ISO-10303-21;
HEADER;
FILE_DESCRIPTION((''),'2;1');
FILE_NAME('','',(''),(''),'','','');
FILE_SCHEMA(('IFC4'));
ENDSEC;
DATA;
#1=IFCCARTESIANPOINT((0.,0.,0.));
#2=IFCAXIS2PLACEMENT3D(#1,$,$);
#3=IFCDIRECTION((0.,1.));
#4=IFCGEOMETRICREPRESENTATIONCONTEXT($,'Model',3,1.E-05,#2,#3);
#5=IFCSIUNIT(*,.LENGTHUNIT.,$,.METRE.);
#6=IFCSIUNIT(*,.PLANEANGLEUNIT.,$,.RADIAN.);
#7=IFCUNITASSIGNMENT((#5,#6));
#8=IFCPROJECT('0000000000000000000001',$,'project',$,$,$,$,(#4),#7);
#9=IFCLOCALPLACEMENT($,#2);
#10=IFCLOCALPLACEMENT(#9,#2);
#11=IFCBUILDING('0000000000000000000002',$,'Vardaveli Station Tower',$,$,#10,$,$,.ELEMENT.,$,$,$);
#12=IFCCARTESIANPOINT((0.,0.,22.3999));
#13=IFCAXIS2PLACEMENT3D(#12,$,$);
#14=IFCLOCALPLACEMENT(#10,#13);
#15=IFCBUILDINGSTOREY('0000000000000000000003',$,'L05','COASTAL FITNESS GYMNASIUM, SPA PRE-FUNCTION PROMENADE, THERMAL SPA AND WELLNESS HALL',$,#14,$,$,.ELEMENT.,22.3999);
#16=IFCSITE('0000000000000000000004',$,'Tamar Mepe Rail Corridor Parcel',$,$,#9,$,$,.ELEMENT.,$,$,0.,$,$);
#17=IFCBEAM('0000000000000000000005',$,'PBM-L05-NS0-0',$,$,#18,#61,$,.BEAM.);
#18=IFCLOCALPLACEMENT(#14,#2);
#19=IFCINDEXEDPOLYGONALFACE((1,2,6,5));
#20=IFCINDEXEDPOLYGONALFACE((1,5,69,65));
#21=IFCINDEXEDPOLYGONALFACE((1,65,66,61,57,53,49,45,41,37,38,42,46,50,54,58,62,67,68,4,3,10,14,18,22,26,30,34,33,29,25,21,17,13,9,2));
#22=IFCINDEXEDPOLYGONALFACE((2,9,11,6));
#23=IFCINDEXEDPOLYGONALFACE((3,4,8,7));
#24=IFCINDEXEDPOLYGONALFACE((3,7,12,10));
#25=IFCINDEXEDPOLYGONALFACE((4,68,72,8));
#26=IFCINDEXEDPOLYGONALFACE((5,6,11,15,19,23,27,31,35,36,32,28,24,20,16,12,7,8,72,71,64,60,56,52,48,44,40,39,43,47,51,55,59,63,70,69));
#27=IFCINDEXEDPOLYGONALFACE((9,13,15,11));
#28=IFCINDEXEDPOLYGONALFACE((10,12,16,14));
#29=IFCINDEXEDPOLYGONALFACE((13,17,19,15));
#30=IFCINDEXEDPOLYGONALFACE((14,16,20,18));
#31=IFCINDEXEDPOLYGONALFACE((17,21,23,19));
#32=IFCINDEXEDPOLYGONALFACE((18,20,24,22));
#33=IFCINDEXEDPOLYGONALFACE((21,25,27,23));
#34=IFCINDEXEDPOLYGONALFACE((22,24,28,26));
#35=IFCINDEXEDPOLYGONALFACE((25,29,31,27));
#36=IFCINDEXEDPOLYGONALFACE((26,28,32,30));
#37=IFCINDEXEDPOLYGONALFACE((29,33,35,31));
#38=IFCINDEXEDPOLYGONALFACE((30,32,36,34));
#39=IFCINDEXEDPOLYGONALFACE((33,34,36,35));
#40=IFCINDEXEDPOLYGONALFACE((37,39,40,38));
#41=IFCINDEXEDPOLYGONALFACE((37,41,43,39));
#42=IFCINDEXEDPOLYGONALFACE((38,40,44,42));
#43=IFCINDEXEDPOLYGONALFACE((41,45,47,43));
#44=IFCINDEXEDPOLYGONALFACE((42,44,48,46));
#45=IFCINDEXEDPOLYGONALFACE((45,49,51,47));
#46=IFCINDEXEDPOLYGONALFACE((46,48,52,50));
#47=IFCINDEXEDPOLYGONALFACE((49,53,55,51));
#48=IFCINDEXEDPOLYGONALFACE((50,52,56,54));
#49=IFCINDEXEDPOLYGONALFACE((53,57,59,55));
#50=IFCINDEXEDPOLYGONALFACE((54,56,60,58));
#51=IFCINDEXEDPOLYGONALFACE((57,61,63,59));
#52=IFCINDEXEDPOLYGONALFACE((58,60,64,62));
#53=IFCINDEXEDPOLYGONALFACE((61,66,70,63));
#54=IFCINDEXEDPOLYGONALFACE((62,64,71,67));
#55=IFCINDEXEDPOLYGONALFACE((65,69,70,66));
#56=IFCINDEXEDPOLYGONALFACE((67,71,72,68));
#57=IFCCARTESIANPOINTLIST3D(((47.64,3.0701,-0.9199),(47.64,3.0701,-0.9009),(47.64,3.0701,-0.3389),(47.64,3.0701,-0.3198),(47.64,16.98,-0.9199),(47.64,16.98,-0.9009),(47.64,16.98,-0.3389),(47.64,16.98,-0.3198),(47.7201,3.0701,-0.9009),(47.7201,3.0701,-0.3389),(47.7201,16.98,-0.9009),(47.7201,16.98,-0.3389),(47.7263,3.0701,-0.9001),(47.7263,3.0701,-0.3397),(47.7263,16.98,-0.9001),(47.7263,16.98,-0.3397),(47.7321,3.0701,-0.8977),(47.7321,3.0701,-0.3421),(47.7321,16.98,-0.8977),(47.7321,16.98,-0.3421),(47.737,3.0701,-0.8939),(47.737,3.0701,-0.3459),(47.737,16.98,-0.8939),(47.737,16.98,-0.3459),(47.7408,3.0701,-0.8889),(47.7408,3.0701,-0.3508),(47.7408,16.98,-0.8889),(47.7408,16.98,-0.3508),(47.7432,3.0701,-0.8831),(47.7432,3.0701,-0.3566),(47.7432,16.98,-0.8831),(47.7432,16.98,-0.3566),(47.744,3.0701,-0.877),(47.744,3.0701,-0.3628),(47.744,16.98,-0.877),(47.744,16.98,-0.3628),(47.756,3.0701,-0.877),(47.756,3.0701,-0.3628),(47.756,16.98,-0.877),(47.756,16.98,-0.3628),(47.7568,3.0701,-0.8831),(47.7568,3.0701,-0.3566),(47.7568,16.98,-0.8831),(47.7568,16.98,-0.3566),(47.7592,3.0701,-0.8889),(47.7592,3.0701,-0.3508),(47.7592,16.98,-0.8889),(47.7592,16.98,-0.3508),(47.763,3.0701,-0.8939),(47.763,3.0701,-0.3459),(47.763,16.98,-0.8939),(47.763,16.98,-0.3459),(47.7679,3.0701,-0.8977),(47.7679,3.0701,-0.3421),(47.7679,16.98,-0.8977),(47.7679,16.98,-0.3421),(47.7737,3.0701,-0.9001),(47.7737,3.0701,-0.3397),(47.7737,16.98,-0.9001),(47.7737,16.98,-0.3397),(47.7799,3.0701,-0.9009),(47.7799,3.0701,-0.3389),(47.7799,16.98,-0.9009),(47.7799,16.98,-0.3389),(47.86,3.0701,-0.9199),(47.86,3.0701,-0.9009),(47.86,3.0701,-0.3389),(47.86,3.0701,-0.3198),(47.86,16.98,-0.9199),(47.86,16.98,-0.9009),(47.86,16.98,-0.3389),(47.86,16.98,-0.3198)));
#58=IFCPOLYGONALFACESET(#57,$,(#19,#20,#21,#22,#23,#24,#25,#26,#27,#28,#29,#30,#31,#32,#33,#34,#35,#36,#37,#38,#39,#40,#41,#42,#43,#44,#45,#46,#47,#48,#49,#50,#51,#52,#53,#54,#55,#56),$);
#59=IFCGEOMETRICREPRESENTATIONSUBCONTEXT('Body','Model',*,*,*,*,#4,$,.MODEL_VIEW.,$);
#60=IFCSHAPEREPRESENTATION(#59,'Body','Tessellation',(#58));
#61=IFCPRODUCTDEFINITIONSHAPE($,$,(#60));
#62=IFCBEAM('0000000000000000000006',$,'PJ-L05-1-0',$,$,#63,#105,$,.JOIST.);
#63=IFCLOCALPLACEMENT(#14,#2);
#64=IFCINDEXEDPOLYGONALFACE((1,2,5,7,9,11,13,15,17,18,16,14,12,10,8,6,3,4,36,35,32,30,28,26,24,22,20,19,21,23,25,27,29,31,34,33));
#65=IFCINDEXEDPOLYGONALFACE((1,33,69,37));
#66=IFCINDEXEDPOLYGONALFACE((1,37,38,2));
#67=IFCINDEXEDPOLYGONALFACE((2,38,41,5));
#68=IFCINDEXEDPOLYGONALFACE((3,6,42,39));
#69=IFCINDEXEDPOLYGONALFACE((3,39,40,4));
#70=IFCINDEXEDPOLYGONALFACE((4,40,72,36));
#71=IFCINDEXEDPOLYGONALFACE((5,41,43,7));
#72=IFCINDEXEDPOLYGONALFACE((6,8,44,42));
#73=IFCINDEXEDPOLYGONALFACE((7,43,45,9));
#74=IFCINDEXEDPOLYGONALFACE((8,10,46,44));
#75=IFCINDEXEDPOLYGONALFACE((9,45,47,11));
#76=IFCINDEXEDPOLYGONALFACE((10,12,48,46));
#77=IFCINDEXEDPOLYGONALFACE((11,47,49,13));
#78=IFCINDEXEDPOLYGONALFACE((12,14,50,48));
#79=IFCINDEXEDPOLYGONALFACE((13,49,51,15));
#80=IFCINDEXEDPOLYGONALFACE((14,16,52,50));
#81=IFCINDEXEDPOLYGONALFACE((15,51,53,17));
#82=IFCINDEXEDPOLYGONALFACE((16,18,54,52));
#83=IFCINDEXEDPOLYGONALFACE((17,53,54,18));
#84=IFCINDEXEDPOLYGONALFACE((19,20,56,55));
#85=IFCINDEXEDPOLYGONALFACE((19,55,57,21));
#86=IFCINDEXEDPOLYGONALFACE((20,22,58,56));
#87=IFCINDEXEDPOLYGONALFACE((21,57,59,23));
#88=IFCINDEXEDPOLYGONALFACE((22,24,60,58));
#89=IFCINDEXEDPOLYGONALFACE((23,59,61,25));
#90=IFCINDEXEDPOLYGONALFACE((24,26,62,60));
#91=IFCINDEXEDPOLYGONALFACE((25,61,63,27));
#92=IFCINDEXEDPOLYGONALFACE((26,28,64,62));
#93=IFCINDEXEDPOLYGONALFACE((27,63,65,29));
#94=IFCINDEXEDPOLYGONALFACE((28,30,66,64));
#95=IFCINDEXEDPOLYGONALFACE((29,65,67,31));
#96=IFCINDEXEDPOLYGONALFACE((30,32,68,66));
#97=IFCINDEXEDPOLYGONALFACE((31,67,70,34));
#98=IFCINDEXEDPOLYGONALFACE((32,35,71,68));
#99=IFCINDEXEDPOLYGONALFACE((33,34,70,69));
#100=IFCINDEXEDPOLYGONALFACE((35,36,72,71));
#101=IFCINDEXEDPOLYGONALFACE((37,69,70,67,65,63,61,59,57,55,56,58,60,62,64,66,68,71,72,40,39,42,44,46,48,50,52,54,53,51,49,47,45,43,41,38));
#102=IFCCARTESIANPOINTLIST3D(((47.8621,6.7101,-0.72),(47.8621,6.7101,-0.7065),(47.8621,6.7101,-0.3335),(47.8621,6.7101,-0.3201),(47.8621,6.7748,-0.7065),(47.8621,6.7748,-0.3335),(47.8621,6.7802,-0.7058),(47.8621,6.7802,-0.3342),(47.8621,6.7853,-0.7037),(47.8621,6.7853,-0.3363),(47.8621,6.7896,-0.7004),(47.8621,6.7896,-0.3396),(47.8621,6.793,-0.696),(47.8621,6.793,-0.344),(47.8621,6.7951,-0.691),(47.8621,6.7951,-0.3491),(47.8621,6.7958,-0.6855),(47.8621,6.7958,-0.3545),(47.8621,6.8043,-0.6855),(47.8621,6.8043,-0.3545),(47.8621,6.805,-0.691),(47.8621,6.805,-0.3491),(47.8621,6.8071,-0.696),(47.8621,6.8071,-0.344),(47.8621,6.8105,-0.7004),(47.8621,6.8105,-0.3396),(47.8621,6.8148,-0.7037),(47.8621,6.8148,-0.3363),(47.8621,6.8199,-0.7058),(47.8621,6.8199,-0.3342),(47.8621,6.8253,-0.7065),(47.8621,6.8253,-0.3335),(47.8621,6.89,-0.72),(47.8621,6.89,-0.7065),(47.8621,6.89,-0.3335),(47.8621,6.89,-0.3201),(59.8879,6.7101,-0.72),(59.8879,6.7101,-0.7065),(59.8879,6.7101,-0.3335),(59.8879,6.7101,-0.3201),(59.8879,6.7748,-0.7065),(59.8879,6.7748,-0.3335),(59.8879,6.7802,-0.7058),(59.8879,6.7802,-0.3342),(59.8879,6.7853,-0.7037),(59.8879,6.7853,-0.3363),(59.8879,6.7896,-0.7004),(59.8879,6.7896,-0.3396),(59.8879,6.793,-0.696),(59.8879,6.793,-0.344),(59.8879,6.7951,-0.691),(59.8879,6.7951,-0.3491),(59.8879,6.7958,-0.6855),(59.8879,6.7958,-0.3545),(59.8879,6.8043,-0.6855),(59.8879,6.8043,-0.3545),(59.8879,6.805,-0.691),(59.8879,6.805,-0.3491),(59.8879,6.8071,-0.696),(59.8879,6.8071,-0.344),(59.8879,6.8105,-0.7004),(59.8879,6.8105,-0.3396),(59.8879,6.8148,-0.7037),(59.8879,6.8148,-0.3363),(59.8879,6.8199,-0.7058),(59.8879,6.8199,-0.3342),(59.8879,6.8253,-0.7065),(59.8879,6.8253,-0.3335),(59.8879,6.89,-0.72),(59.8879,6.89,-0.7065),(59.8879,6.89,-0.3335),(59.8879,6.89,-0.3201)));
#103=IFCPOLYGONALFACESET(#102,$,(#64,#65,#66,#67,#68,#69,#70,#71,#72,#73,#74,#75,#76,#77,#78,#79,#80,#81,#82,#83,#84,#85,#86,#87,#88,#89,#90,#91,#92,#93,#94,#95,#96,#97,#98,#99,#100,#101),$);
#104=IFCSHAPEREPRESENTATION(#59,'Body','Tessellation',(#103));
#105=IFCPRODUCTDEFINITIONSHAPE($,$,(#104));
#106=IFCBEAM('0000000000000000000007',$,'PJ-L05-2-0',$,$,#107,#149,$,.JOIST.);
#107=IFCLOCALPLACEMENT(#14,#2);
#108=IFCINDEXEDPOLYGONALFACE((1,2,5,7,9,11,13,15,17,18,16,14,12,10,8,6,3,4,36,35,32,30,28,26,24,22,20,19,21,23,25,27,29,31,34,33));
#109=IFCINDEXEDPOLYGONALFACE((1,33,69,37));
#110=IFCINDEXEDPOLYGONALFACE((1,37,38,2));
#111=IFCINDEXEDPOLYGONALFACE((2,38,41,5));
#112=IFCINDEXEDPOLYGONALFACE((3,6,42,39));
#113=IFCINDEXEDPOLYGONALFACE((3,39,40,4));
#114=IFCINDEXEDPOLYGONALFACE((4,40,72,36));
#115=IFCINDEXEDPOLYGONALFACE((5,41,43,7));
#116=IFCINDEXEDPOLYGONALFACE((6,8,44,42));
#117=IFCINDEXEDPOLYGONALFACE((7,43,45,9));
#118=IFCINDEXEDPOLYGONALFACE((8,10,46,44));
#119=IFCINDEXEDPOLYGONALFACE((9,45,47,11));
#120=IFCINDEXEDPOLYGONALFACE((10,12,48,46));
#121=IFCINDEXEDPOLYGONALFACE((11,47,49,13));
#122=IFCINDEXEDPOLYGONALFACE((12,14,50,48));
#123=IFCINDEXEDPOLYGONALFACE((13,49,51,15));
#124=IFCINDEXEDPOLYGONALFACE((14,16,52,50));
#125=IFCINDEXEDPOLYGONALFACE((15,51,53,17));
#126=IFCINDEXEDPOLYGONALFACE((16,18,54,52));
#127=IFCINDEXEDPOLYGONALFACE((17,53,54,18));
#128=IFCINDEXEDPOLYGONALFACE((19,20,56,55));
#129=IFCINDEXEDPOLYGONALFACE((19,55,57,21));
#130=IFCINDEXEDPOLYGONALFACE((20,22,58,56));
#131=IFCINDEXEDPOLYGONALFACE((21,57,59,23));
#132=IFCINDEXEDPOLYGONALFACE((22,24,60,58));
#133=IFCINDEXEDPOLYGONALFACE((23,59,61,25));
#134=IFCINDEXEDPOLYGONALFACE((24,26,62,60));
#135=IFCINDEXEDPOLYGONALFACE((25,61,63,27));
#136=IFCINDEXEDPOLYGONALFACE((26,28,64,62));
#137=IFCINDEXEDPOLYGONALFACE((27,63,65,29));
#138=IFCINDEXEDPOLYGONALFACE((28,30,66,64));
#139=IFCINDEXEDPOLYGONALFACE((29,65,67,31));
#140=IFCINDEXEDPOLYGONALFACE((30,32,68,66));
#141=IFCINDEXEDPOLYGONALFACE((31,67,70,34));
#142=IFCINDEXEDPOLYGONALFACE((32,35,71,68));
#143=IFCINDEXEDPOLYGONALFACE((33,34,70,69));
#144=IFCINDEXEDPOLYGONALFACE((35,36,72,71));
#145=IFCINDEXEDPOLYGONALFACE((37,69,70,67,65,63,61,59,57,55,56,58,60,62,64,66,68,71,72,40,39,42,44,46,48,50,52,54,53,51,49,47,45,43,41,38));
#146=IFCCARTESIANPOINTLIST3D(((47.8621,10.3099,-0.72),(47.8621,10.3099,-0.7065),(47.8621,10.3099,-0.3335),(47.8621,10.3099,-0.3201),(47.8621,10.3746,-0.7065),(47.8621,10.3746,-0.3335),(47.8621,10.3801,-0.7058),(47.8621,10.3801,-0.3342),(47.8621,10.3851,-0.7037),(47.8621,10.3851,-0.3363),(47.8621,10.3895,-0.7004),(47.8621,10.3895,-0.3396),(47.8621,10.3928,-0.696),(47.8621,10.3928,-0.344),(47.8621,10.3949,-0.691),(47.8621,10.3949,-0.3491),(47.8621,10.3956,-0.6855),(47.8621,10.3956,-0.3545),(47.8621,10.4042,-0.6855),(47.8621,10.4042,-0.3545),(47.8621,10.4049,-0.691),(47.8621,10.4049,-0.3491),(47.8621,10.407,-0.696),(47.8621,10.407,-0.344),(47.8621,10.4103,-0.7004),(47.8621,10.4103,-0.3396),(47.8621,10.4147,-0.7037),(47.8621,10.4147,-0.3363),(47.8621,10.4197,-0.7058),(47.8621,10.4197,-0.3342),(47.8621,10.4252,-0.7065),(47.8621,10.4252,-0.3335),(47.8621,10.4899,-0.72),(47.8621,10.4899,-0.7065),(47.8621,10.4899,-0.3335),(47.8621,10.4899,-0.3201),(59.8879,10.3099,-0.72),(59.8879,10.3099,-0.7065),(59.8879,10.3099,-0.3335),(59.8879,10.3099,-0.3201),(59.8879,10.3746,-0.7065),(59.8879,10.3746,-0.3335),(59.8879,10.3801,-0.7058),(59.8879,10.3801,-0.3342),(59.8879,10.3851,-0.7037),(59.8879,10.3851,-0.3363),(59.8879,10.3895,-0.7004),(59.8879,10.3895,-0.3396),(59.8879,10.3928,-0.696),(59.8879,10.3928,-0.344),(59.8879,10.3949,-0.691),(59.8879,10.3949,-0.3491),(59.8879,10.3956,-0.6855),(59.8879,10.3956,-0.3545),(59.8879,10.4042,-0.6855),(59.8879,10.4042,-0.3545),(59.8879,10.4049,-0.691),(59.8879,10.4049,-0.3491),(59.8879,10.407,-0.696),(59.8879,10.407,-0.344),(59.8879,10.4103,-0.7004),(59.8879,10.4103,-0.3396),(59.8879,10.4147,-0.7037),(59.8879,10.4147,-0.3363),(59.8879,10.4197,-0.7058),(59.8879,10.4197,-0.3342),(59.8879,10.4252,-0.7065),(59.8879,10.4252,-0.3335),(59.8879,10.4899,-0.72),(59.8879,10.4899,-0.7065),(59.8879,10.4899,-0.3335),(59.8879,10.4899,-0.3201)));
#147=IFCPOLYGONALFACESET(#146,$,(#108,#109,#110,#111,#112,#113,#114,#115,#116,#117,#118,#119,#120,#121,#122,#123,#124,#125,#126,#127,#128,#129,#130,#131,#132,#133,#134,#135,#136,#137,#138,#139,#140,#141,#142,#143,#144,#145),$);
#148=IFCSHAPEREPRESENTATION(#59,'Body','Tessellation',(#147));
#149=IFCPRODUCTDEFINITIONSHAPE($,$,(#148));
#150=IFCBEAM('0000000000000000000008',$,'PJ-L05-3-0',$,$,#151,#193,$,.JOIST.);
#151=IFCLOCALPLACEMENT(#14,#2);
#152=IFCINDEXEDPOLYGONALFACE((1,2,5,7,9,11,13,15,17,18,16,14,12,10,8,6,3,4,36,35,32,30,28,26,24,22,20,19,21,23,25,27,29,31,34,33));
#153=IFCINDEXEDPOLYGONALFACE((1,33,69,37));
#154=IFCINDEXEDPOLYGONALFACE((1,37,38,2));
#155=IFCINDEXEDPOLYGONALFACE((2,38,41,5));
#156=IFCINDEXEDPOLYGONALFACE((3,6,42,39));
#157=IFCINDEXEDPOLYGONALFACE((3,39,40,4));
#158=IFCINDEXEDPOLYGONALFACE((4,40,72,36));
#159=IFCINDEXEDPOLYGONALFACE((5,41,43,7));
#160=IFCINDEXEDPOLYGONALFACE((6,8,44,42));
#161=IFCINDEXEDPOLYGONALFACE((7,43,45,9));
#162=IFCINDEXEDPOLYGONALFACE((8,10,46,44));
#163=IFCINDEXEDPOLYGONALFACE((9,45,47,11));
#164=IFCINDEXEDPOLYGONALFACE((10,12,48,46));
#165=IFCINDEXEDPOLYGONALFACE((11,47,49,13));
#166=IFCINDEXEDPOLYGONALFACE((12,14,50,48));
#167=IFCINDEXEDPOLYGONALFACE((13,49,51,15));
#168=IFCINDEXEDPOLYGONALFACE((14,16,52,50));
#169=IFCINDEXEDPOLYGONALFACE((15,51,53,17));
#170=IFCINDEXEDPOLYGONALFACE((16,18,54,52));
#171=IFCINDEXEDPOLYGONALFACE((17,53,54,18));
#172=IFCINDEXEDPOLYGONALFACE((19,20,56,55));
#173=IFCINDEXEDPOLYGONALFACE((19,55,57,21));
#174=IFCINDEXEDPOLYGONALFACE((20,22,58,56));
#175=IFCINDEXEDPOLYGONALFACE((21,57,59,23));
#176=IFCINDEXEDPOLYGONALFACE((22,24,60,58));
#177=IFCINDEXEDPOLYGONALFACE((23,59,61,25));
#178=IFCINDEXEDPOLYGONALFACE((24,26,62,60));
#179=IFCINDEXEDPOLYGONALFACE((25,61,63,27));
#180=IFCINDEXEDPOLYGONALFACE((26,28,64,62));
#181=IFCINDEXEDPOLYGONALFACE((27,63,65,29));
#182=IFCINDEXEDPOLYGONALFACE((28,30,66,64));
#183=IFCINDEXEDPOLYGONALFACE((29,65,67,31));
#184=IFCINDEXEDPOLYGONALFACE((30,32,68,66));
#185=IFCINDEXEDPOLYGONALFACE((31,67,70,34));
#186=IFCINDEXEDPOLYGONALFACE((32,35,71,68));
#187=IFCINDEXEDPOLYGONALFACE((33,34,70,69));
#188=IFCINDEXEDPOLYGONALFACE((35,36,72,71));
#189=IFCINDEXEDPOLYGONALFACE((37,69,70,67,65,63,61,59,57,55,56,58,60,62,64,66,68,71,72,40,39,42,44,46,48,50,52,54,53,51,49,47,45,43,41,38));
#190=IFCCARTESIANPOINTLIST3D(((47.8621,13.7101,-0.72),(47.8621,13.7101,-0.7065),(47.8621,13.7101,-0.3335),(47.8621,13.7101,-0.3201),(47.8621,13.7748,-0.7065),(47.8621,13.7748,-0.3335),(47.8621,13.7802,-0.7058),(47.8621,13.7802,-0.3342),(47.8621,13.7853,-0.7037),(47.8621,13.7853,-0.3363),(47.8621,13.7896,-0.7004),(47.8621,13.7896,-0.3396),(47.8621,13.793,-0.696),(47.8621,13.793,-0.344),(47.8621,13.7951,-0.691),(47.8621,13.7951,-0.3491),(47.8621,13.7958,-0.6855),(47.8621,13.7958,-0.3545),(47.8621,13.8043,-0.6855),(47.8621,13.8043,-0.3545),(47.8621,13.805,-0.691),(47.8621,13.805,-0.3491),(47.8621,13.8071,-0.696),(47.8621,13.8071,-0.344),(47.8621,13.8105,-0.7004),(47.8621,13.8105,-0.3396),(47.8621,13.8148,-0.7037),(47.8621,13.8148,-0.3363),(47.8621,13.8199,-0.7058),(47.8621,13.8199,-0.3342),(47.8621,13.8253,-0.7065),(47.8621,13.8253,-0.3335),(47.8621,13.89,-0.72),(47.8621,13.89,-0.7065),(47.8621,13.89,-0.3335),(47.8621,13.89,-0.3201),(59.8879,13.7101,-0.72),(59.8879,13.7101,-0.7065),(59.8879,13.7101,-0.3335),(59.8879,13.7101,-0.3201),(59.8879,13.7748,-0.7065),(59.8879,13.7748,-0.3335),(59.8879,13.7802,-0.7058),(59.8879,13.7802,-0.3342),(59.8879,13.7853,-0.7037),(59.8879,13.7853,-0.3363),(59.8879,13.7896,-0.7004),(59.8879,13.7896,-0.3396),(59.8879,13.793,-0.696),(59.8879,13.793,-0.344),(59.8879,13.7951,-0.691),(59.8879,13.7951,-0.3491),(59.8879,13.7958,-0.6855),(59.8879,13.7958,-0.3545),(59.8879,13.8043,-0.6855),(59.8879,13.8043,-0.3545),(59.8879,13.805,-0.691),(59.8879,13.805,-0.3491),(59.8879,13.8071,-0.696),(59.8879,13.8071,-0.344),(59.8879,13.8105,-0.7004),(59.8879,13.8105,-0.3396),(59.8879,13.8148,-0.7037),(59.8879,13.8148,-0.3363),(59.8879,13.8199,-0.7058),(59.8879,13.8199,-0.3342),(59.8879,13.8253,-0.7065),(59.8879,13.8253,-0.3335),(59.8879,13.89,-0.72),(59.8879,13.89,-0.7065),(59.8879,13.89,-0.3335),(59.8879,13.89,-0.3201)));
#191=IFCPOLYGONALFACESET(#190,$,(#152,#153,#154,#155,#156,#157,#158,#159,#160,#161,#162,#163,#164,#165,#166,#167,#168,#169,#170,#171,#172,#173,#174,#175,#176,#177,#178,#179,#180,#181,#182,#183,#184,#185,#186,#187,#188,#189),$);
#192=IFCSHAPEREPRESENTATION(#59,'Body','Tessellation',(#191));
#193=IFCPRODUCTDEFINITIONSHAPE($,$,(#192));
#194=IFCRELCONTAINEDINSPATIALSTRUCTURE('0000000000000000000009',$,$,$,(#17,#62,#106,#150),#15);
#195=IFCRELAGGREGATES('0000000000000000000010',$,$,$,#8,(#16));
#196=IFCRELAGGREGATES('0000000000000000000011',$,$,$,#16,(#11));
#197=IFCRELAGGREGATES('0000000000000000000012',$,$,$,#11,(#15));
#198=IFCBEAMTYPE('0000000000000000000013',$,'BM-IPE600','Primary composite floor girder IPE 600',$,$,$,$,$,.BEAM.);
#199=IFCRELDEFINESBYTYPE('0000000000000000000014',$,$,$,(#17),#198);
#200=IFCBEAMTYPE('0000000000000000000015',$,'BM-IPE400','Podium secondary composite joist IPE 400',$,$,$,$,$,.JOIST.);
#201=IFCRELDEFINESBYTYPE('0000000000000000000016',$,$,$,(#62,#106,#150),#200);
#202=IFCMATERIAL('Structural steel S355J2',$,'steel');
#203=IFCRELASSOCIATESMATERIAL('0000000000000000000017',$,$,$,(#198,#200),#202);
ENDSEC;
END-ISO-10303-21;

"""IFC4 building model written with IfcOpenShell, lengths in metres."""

from ifc_helpers import new_model, si_unit, direction, frame, origin, origin_2d, place, context, subcontext, project, spatial, i_section, extrude, source, transform, mapped, material, material_profile, profile_set, type_object, element, save


model = new_model("IFC4")

# Units and contexts
model_context = context("Model", 3, precision=1e-05, world=origin(), true_north=direction((0.0, 1.0)))
body_context = subcontext(model_context, "Body", "Model", "MODEL_VIEW")
ifc_project = project(units=[si_unit("LENGTHUNIT", "METRE"), si_unit("PLANEANGLEUNIT", "RADIAN")], contexts=[model_context])

# Site, building, storey
site_placement = place(None, origin())
site = spatial("IfcSite", under=ifc_project, at=site_placement, Name="Tamar Mepe Rail Corridor Parcel", CompositionType="ELEMENT", RefElevation=0.0)
building_placement = place(site_placement, origin())
building = spatial("IfcBuilding", under=site, at=building_placement, Name="Vardaveli Station Tower", CompositionType="ELEMENT")
storey_placement = place(building_placement, frame((0.0, 0.0, 22.3999)))
storey = spatial("IfcBuildingStorey", under=building, at=storey_placement, Name="L05", Description="COASTAL FITNESS GYMNASIUM, SPA PRE-FUNCTION PROMENADE, THERMAL SPA AND WELLNESS HALL", CompositionType="ELEMENT", Elevation=22.3999)

# Beams
ifc_material_1 = material(Name="Structural steel S355J2", Category="steel")
ifc_material_profile_1 = material_profile(ifc_material_1, i_section(OverallWidth=0.22, OverallDepth=0.6001, WebThickness=0.012, FlangeThickness=0.019, FilletRadius=0.0239, at=origin_2d()), Name="IPE 600")
ifc_profile_set_1 = profile_set([ifc_material_profile_1], Name="Structural steel S355J2")
beam_type_1 = type_object("IfcBeamType", Name="BM-IPE600", Description="Primary composite floor girder IPE 600", PredefinedType="BEAM", material=ifc_profile_set_1)
shared_shape_1 = source(origin(), body_context, "Body", "SweptSolid", [
    extrude(i_section(OverallWidth=0.22, OverallDepth=0.6001, WebThickness=0.012, FlangeThickness=0.019, FilletRadius=0.0239, at=origin_2d()), origin(), (0.0, 0.0, 1.0), 13.9099),
])
beam_1_placement = place(storey_placement, frame((47.75, 3.0701, -0.6199), z_axis=(0.0, 1.0, 0.0), x_axis=(-1.0, 0.0, 0.0)))
element("IfcBeam", 1, at=beam_1_placement, inside=storey, type_object=beam_type_1, Name="PBM-L05-NS0-0", PredefinedType="BEAM", context=body_context, shape_type="MappedRepresentation", body=[
    mapped(shared_shape_1, transform((0.0, 0.0, 0.0), scale=1.0)),
])
ifc_material_profile_2 = material_profile(ifc_material_1, i_section(OverallWidth=0.1799, OverallDepth=0.3999, WebThickness=0.0085, FlangeThickness=0.0134, FilletRadius=0.021, at=origin_2d()), Name="IPE 400")
ifc_profile_set_2 = profile_set([ifc_material_profile_2], Name="Structural steel S355J2")
beam_type_2 = type_object("IfcBeamType", Name="BM-IPE400", Description="Podium secondary composite joist IPE 400", PredefinedType="JOIST", material=ifc_profile_set_2)
shared_shape_2 = source(origin(), body_context, "Body", "SweptSolid", [
    extrude(i_section(OverallWidth=0.1799, OverallDepth=0.3999, WebThickness=0.0085, FlangeThickness=0.0134, FilletRadius=0.021, at=origin_2d()), origin(), (0.0, 0.0, 1.0), 12.0259),
])
for number, where, z_axis, x_axis, name in (
    (2, (47.8621, 6.8, -0.52), (1.0, 0.0, 0.0), (0.0, 1.0, 0.0), "PJ-L05-1-0"),
    (3, (47.8621, 10.3999, -0.52), (1.0, 0.0, 0.0), (0.0, 1.0, 0.0), "PJ-L05-2-0"),
    (4, (47.8621, 13.8, -0.52), (1.0, 0.0, 0.0), (0.0, 1.0, 0.0), "PJ-L05-3-0"),
):
    element("IfcBeam", number, at=place(storey_placement, frame(where, z_axis=z_axis, x_axis=x_axis)), inside=storey, type_object=beam_type_2, Name=name, PredefinedType="JOIST", context=body_context, shape_type="MappedRepresentation", body=[
        mapped(shared_shape_2, transform((0.0, 0.0, 0.0), scale=1.0)),
    ])

save(model, "model.ifc")
